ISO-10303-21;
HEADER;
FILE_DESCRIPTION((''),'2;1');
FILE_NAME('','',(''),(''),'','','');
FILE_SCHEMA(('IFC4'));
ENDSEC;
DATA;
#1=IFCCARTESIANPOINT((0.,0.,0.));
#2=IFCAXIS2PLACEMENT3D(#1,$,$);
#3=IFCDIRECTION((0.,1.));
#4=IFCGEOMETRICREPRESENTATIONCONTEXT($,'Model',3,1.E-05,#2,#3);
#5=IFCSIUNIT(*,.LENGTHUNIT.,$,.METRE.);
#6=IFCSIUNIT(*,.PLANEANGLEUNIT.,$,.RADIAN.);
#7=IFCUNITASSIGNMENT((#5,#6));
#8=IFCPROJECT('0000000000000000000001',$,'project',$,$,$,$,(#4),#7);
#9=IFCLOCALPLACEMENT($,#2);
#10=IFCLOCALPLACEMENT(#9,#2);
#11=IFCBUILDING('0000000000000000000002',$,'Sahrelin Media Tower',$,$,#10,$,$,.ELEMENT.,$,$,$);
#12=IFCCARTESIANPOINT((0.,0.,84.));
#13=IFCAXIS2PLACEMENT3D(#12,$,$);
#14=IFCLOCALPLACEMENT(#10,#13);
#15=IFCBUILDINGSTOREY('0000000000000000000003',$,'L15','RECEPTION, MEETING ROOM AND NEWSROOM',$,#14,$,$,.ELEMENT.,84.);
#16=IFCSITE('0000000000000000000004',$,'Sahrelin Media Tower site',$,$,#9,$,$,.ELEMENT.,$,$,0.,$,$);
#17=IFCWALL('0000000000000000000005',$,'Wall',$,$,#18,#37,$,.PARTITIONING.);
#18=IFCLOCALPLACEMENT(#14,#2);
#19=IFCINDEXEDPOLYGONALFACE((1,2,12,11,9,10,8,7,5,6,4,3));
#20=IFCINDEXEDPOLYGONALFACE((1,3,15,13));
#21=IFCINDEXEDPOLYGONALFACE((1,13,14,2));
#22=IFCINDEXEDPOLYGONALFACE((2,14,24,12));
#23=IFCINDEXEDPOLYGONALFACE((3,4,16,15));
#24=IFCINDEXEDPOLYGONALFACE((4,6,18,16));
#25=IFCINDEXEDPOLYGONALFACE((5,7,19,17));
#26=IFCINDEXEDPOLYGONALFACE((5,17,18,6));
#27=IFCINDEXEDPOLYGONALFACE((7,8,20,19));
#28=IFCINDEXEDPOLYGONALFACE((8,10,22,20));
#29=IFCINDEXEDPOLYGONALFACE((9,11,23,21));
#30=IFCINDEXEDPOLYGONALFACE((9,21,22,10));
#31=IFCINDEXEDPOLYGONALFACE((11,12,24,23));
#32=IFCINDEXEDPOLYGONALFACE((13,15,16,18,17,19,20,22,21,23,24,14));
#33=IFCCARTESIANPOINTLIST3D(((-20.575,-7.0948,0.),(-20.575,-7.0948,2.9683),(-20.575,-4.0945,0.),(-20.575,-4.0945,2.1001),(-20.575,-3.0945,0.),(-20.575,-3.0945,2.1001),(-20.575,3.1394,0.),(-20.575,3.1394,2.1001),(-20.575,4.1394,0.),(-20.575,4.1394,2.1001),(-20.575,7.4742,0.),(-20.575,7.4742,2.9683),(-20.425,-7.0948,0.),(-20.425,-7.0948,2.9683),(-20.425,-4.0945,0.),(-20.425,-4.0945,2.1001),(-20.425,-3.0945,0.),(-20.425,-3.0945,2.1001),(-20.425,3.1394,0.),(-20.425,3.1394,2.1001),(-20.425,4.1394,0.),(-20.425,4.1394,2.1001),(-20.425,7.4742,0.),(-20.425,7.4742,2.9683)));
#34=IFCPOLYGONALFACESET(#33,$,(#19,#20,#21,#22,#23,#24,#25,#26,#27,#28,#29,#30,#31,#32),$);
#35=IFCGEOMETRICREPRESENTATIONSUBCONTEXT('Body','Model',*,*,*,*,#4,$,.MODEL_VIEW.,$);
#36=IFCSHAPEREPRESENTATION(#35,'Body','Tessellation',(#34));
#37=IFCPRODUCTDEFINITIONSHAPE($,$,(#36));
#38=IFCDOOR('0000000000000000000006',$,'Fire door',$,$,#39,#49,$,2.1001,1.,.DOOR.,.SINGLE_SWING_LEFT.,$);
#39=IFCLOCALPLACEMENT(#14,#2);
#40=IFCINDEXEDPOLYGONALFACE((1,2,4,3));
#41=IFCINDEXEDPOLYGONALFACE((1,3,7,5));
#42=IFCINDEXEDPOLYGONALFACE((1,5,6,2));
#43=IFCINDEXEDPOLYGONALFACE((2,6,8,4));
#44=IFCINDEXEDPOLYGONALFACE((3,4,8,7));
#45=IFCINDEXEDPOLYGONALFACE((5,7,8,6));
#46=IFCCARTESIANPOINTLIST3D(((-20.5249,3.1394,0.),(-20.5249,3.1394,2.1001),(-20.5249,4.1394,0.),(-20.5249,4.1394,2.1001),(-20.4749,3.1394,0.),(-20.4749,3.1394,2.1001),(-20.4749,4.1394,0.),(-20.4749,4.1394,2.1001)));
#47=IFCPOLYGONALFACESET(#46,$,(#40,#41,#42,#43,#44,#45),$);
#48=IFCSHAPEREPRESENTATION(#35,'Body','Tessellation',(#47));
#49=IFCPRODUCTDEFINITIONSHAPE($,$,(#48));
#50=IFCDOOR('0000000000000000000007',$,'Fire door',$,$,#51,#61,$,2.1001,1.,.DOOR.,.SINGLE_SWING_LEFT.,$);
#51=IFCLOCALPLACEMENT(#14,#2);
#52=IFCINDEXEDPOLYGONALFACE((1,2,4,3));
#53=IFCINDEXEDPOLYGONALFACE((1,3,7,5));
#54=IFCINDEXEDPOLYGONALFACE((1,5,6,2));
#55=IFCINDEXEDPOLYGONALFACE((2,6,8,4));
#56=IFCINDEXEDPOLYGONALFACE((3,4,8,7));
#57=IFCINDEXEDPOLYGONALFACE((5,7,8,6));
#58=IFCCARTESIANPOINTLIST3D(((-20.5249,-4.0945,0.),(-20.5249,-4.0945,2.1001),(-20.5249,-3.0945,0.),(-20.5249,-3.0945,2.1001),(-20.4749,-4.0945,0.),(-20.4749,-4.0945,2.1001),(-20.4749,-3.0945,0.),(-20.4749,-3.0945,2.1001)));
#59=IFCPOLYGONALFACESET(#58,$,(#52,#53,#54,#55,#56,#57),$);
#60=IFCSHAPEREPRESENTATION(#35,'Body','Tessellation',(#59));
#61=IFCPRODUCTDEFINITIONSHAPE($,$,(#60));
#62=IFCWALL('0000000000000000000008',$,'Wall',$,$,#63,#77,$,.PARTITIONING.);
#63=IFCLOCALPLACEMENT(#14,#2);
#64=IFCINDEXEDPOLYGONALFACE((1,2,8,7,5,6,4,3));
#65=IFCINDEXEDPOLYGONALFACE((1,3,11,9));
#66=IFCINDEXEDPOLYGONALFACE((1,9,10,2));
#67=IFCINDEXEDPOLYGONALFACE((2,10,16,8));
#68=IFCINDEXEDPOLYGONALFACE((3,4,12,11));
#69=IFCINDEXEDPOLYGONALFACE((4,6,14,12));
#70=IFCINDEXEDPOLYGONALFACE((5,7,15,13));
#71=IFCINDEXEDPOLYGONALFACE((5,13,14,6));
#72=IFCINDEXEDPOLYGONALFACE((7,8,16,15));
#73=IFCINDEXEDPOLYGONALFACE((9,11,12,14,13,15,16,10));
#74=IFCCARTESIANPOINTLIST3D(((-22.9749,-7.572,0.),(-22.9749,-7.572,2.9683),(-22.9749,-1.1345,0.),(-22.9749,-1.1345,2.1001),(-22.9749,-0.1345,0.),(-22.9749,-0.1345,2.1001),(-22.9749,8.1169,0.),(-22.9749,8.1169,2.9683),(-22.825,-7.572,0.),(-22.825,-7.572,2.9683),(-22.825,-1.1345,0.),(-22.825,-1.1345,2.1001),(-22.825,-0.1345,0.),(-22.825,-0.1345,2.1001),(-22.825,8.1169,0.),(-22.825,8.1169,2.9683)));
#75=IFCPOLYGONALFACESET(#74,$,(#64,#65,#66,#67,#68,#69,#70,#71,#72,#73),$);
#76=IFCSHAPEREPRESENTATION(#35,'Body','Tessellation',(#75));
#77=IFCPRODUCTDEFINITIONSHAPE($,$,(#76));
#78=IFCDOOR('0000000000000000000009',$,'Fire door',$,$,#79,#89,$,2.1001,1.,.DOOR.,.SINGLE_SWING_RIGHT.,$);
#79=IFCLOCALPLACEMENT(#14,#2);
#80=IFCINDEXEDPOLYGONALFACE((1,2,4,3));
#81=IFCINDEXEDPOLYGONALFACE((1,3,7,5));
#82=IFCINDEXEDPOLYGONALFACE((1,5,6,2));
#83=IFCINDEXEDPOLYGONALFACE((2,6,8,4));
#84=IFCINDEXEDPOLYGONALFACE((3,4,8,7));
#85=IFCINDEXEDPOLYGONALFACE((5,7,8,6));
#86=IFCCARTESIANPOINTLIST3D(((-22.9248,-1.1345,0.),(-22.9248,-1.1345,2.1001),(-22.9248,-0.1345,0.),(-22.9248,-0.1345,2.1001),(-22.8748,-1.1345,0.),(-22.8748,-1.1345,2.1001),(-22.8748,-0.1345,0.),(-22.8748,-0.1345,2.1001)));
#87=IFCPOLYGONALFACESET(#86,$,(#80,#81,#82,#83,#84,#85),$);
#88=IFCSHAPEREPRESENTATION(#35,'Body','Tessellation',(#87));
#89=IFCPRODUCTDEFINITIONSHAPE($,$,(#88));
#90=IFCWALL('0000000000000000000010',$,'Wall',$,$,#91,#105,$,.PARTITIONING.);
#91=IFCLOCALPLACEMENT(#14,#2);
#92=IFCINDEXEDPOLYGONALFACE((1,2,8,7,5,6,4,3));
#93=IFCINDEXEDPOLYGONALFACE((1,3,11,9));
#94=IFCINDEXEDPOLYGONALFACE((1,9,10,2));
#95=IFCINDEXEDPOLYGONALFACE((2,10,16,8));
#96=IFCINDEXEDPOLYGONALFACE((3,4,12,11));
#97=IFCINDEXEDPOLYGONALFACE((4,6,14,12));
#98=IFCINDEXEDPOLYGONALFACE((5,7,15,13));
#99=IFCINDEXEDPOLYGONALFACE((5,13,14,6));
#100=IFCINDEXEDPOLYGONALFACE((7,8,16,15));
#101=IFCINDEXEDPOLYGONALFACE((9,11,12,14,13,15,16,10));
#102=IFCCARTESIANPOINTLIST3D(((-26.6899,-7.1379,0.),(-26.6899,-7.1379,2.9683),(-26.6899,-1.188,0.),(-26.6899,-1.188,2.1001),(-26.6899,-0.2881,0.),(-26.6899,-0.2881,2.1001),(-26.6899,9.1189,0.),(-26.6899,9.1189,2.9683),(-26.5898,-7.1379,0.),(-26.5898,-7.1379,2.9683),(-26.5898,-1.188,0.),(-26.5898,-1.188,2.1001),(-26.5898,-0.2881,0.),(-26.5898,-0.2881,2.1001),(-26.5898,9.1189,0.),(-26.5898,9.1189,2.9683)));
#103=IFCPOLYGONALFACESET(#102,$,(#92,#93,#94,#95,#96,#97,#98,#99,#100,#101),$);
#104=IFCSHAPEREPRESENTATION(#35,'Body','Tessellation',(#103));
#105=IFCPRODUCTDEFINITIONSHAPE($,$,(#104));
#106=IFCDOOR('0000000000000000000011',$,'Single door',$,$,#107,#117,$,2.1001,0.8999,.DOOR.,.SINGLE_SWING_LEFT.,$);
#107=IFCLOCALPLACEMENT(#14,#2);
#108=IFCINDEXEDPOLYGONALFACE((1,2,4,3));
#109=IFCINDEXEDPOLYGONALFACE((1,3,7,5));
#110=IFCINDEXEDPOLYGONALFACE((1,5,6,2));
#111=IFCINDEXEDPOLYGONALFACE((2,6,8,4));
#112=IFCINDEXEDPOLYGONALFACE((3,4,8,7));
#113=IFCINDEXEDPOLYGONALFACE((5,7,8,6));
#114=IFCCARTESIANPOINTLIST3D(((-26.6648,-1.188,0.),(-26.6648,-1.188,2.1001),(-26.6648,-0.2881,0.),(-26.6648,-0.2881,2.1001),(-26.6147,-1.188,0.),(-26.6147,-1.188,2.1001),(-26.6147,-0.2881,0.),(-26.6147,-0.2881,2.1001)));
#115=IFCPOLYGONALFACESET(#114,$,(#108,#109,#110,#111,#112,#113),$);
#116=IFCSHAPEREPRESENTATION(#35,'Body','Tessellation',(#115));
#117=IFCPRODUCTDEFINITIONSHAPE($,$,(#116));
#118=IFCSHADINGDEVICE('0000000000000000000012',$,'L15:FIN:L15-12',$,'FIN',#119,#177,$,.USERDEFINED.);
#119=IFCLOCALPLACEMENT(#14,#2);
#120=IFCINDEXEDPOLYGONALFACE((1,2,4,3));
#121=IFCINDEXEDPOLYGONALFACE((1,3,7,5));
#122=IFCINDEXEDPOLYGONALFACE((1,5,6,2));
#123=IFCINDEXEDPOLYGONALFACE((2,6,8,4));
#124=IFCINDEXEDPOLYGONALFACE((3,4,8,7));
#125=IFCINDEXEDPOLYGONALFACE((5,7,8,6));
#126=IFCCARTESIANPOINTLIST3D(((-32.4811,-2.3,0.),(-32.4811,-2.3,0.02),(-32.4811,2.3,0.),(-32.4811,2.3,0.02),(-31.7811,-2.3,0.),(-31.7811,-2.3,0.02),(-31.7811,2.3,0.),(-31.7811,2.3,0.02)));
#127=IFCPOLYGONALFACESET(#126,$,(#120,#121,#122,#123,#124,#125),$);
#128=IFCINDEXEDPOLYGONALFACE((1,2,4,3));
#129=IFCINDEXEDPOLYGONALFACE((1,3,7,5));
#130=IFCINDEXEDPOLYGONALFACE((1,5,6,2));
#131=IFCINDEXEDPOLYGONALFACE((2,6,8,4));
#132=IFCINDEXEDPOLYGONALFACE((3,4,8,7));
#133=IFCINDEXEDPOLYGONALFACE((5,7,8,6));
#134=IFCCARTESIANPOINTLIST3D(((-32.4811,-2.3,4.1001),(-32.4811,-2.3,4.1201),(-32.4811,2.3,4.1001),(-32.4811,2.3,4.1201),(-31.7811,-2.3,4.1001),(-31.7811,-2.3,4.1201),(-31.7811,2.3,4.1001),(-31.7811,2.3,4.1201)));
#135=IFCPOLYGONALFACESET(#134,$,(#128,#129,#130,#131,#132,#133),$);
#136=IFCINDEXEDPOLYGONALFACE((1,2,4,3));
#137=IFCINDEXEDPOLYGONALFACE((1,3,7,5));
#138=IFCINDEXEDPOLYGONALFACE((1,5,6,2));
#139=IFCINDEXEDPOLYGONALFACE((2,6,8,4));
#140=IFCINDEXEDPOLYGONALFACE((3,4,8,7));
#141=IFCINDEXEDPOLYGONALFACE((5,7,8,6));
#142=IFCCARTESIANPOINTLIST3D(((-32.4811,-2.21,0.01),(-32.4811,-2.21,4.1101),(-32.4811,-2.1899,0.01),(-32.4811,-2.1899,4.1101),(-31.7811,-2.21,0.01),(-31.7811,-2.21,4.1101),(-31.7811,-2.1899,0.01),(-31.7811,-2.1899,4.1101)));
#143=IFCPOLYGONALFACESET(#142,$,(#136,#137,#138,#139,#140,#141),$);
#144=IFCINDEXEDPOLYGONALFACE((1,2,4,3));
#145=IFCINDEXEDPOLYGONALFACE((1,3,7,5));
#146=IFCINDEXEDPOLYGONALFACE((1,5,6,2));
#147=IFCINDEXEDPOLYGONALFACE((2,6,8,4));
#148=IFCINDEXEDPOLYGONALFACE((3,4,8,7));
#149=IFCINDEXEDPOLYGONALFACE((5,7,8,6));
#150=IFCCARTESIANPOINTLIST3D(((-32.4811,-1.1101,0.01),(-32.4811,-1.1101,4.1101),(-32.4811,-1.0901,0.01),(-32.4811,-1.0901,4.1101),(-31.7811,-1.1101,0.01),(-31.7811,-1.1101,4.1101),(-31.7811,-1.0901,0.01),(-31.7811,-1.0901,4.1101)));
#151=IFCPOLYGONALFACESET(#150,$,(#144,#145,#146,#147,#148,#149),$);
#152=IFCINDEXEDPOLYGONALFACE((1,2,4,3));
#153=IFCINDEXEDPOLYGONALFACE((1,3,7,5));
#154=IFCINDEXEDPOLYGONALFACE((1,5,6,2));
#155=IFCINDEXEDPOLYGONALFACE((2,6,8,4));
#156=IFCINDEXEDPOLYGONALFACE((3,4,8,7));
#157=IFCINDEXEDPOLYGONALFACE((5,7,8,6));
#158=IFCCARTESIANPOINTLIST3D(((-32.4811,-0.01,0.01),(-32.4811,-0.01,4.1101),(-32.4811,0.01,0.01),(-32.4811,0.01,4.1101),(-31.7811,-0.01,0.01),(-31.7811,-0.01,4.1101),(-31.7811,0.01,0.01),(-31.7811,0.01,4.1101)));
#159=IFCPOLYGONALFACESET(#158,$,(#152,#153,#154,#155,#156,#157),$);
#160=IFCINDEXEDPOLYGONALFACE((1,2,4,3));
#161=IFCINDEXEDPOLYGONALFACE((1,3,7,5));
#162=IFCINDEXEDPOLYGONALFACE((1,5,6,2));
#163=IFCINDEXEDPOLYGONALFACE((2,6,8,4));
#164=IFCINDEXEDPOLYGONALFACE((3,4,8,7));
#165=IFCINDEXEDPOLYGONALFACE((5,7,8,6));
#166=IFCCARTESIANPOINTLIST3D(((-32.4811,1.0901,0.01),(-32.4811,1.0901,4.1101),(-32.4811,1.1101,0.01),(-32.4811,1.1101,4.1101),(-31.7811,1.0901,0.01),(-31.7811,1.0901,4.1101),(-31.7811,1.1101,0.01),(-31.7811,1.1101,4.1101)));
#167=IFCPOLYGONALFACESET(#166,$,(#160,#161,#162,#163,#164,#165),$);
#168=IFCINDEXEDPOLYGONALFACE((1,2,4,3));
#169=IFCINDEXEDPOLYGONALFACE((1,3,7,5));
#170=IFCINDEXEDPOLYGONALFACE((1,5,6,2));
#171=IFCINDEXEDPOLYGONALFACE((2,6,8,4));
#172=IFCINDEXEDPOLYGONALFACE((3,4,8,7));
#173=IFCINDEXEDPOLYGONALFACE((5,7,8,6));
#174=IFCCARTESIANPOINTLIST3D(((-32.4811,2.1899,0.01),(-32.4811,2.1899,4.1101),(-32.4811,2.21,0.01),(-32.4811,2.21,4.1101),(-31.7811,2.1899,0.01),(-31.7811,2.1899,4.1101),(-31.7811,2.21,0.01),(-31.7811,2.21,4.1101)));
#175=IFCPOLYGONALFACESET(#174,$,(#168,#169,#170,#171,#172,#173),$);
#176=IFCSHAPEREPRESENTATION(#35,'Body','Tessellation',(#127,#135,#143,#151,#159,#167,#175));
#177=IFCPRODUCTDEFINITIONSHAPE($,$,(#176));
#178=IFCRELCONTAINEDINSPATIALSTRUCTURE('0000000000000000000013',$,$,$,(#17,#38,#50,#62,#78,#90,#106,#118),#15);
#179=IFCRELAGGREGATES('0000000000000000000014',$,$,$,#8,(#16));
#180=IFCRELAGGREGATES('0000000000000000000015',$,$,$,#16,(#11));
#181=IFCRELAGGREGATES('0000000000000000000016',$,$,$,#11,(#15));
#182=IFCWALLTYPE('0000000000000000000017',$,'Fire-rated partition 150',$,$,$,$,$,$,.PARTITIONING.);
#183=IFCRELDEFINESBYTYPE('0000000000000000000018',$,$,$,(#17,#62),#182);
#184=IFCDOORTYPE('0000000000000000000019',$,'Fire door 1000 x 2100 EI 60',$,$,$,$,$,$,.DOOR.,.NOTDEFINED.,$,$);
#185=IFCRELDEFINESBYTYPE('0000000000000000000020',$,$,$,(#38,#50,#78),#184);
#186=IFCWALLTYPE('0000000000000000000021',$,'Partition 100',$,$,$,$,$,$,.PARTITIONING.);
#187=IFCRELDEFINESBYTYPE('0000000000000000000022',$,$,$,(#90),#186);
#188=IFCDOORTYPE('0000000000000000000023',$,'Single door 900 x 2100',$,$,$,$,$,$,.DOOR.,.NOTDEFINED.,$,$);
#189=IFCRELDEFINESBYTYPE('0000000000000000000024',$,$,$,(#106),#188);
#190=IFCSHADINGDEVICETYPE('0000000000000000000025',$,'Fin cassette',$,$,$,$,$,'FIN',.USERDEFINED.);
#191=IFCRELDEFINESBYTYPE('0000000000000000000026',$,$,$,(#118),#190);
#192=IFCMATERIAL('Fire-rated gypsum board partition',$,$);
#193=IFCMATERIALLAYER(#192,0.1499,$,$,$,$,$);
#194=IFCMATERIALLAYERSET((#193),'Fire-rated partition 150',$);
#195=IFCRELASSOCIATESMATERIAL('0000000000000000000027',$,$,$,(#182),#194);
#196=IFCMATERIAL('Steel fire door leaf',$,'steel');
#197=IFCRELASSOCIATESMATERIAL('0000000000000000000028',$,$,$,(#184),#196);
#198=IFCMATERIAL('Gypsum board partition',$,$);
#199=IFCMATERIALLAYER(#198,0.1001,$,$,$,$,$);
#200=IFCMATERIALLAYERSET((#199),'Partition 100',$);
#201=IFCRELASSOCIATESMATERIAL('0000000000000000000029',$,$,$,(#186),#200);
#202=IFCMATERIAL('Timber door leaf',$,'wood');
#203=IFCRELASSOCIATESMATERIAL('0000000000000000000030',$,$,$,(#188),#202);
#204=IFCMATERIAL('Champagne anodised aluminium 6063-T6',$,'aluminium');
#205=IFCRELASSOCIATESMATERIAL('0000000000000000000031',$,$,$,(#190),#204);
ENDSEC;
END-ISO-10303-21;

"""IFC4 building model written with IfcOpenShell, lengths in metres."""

from ifc_helpers import new_model, si_unit, direction, frame, frame_2d, origin, origin_2d, place, context, subcontext, project, spatial, rectangle, extrude, material, layer, layer_set, type_object, element, fill, save


model = new_model("IFC4")

# Units and contexts
model_context = context("Model", 3, precision=1e-05, world=origin(), true_north=direction((0.0, 1.0)))
body_context = subcontext(model_context, "Body", "Model", "MODEL_VIEW")
ifc_project = project(units=[si_unit("LENGTHUNIT", "METRE"), si_unit("PLANEANGLEUNIT", "RADIAN")], contexts=[model_context])

# Site, building, storey
site_placement = place(None, origin())
site = spatial("IfcSite", under=ifc_project, at=site_placement, Name="Sahrelin Media Tower site", CompositionType="ELEMENT", RefElevation=0.0)
building_placement = place(site_placement, origin())
building = spatial("IfcBuilding", under=site, at=building_placement, Name="Sahrelin Media Tower", CompositionType="ELEMENT")
storey_placement = place(building_placement, frame((0.0, 0.0, 84.0)))
storey = spatial("IfcBuildingStorey", under=building, at=storey_placement, Name="L15", Description="RECEPTION, MEETING ROOM AND NEWSROOM", CompositionType="ELEMENT", Elevation=84.0)

# Shared definitions
ifc_material_1 = material(Name="Champagne anodised aluminium 6063-T6", Category="aluminium")

# Shared definitions
ifc_material_2 = material(Name="Fire-rated gypsum board partition")
ifc_layer_1 = layer(ifc_material_2, 0.1499)
ifc_layer_set_1 = layer_set([ifc_layer_1], Name="Fire-rated partition 150")
wall_type_1 = type_object("IfcWallType", Name="Fire-rated partition 150", PredefinedType="PARTITIONING", material=ifc_layer_set_1)
ifc_material_3 = material(Name="Steel fire door leaf", Category="steel")
door_type_1 = type_object("IfcDoorType", Name="Fire door 1000 x 2100 EI 60", OperationType="NOTDEFINED", PredefinedType="DOOR", material=ifc_material_3)

# Wall, openings, doors
wall_1_placement = place(storey_placement, frame((-20.5, -7.095, 0.0), z_axis=(0.0, 0.0, 1.0), x_axis=(0.0, 1.0, 0.0)))
wall_1 = element("IfcWall", 1, at=wall_1_placement, inside=storey, type_object=wall_type_1, Name="Wall", PredefinedType="PARTITIONING", context=body_context, shape_type="SweptSolid", body=[
    extrude(rectangle(XDim=14.5691, YDim=0.1499, at=frame_2d((7.2847, 0.0))), origin(), (0.0, 0.0, 1.0), 2.9683),
])
opening_1_placement = place(wall_1_placement, frame((10.2344, 0.0, 0.0)))
opening_1 = element("IfcOpeningElement", 2, at=opening_1_placement, cuts=wall_1, PredefinedType="OPENING", context=body_context, shape_type="SweptSolid", body=[
    extrude(rectangle(XDim=1.0, YDim=2.1001, at=frame_2d((0.5, 1.05))), frame((0.0, 0.075, 0.0), z_axis=(0.0, -1.0, 0.0), x_axis=(1.0, 0.0, 0.0)), (0.0, 0.0, 1.0), 0.1499),
])
opening_2_placement = place(wall_1_placement, frame((3.0005, 0.0, 0.0)))
opening_2 = element("IfcOpeningElement", 3, at=opening_2_placement, cuts=wall_1, PredefinedType="OPENING", context=body_context, shape_type="SweptSolid", body=[
    extrude(rectangle(XDim=1.0, YDim=2.1001, at=frame_2d((0.5, 1.05))), frame((0.0, 0.075, 0.0), z_axis=(0.0, -1.0, 0.0), x_axis=(1.0, 0.0, 0.0)), (0.0, 0.0, 1.0), 0.1499),
])
door_1_placement = place(opening_1_placement, origin())
door_1 = element("IfcDoor", 4, at=door_1_placement, inside=storey, type_object=door_type_1, Name="Fire door", OperationType="SINGLE_SWING_LEFT", OverallHeight=2.1001, OverallWidth=1.0, PredefinedType="DOOR", context=body_context, shape_type="SweptSolid", body=[
    extrude(rectangle(XDim=1.0, YDim=2.1001, at=frame_2d((0.5, 1.05))), frame((0.0, 0.0249, 0.0), z_axis=(0.0, -1.0, 0.0), x_axis=(1.0, 0.0, 0.0)), (0.0, 0.0, 1.0), 0.05),
])
fill(opening_1, door_1)
door_2_placement = place(opening_2_placement, origin())
door_2 = element("IfcDoor", 5, at=door_2_placement, inside=storey, type_object=door_type_1, Name="Fire door", OperationType="SINGLE_SWING_LEFT", OverallHeight=2.1001, OverallWidth=1.0, PredefinedType="DOOR", context=body_context, shape_type="SweptSolid", body=[
    extrude(rectangle(XDim=1.0, YDim=2.1001, at=frame_2d((0.5, 1.05))), frame((0.0, 0.0249, 0.0), z_axis=(0.0, -1.0, 0.0), x_axis=(1.0, 0.0, 0.0)), (0.0, 0.0, 1.0), 0.05),
])
fill(opening_2, door_2)

# Walls, openings, doors
wall_2_placement = place(storey_placement, frame((-22.8999, -7.572, 0.0), z_axis=(0.0, 0.0, 1.0), x_axis=(0.0, 1.0, 0.0)))
wall_2 = element("IfcWall", 6, at=wall_2_placement, inside=storey, type_object=wall_type_1, Name="Wall", PredefinedType="PARTITIONING", context=body_context, shape_type="SweptSolid", body=[
    extrude(rectangle(XDim=15.689, YDim=0.1499, at=frame_2d((7.8445, 0.0))), origin(), (0.0, 0.0, 1.0), 2.9683),
])
opening_3_placement = place(wall_2_placement, frame((6.4375, 0.0, 0.0)))
opening_3 = element("IfcOpeningElement", 7, at=opening_3_placement, cuts=wall_2, PredefinedType="OPENING", context=body_context, shape_type="SweptSolid", body=[
    extrude(rectangle(XDim=1.0, YDim=2.1001, at=frame_2d((0.5, 1.05))), frame((0.0, 0.075, 0.0), z_axis=(0.0, -1.0, 0.0), x_axis=(1.0, 0.0, 0.0)), (0.0, 0.0, 1.0), 0.1499),
])
door_3_placement = place(opening_3_placement, origin())
door_3 = element("IfcDoor", 8, at=door_3_placement, inside=storey, type_object=door_type_1, Name="Fire door", OperationType="SINGLE_SWING_RIGHT", OverallHeight=2.1001, OverallWidth=1.0, PredefinedType="DOOR", context=body_context, shape_type="SweptSolid", body=[
    extrude(rectangle(XDim=1.0, YDim=2.1001, at=frame_2d((0.5, 1.05))), frame((0.0, 0.0249, 0.0), z_axis=(0.0, -1.0, 0.0), x_axis=(1.0, 0.0, 0.0)), (0.0, 0.0, 1.0), 0.05),
])
fill(opening_3, door_3)
ifc_material_4 = material(Name="Gypsum board partition")
ifc_layer_2 = layer(ifc_material_4, 0.1001)
ifc_layer_set_2 = layer_set([ifc_layer_2], Name="Partition 100")
wall_type_2 = type_object("IfcWallType", Name="Partition 100", PredefinedType="PARTITIONING", material=ifc_layer_set_2)
wall_3_placement = place(storey_placement, frame((-26.6399, -7.1379, 0.0), z_axis=(0.0, 0.0, 1.0), x_axis=(0.0, 1.0, 0.0)))
wall_3 = element("IfcWall", 9, at=wall_3_placement, inside=storey, type_object=wall_type_2, Name="Wall", PredefinedType="PARTITIONING", context=body_context, shape_type="SweptSolid", body=[
    extrude(rectangle(XDim=16.2568, YDim=0.1001, at=frame_2d((8.1284, 0.0))), origin(), (0.0, 0.0, 1.0), 2.9683),
])
opening_4_placement = place(wall_3_placement, frame((5.95, 0.0, 0.0)))
opening_4 = element("IfcOpeningElement", 10, at=opening_4_placement, cuts=wall_3, PredefinedType="OPENING", context=body_context, shape_type="SweptSolid", body=[
    extrude(rectangle(XDim=0.8999, YDim=2.1001, at=frame_2d((0.45, 1.05))), frame((0.0, 0.05, 0.0), z_axis=(0.0, -1.0, 0.0), x_axis=(1.0, 0.0, 0.0)), (0.0, 0.0, 1.0), 0.1001),
])
ifc_material_5 = material(Name="Timber door leaf", Category="wood")
door_type_2 = type_object("IfcDoorType", Name="Single door 900 x 2100", OperationType="NOTDEFINED", PredefinedType="DOOR", material=ifc_material_5)
door_4_placement = place(opening_4_placement, origin())
door_4 = element("IfcDoor", 11, at=door_4_placement, inside=storey, type_object=door_type_2, Name="Single door", OperationType="SINGLE_SWING_LEFT", OverallHeight=2.1001, OverallWidth=0.8999, PredefinedType="DOOR", context=body_context, shape_type="SweptSolid", body=[
    extrude(rectangle(XDim=0.8999, YDim=2.1001, at=frame_2d((0.45, 1.05))), frame((0.0, 0.0249, 0.0), z_axis=(0.0, -1.0, 0.0), x_axis=(1.0, 0.0, 0.0)), (0.0, 0.0, 1.0), 0.05),
])
fill(opening_4, door_4)

# Shading device
shading_device_type_1 = type_object("IfcShadingDeviceType", Name="Fin cassette", ElementType="FIN", PredefinedType="USERDEFINED", material=ifc_material_1)
placement_1 = place(storey_placement, frame((-31.7112, 0.0, 0.0), z_axis=(0.0, 0.0, 1.0), x_axis=(0.0, 1.0, 0.0)))
element("IfcShadingDevice", 12, at=placement_1, inside=storey, type_object=shading_device_type_1, Name="L15:FIN:L15-12", ObjectType="FIN", PredefinedType="USERDEFINED", context=body_context, shape_type="SweptSolid", body=[
    extrude(rectangle(XDim=4.6001, YDim=0.7, at=origin_2d()), frame((0.0, 0.4199, 0.0)), (0.0, 0.0, 1.0), 0.02),
    extrude(rectangle(XDim=4.6001, YDim=0.7, at=origin_2d()), frame((0.0, 0.4199, 4.1001)), (0.0, 0.0, 1.0), 0.02),
    extrude(rectangle(XDim=0.02, YDim=0.7, at=origin_2d()), frame((-2.2, 0.4199, 0.01), z_axis=(0.0, 0.0, 1.0), x_axis=(1.0, 0.0, 0.0)), (0.0, 0.0, 1.0), 4.1001),
    extrude(rectangle(XDim=0.02, YDim=0.7, at=origin_2d()), frame((-1.1001, 0.4199, 0.01), z_axis=(0.0, 0.0, 1.0), x_axis=(1.0, 0.0, 0.0)), (0.0, 0.0, 1.0), 4.1001),
    extrude(rectangle(XDim=0.02, YDim=0.7, at=origin_2d()), frame((0.0, 0.4199, 0.01), z_axis=(0.0, 0.0, 1.0), x_axis=(1.0, 0.0, 0.0)), (0.0, 0.0, 1.0), 4.1001),
    extrude(rectangle(XDim=0.02, YDim=0.7, at=origin_2d()), frame((1.1001, 0.4199, 0.01), z_axis=(0.0, 0.0, 1.0), x_axis=(1.0, 0.0, 0.0)), (0.0, 0.0, 1.0), 4.1001),
    extrude(rectangle(XDim=0.02, YDim=0.7, at=origin_2d()), frame((2.2, 0.4199, 0.01), z_axis=(0.0, 0.0, 1.0), x_axis=(1.0, 0.0, 0.0)), (0.0, 0.0, 1.0), 4.1001),
])

save(model, "model.ifc")
